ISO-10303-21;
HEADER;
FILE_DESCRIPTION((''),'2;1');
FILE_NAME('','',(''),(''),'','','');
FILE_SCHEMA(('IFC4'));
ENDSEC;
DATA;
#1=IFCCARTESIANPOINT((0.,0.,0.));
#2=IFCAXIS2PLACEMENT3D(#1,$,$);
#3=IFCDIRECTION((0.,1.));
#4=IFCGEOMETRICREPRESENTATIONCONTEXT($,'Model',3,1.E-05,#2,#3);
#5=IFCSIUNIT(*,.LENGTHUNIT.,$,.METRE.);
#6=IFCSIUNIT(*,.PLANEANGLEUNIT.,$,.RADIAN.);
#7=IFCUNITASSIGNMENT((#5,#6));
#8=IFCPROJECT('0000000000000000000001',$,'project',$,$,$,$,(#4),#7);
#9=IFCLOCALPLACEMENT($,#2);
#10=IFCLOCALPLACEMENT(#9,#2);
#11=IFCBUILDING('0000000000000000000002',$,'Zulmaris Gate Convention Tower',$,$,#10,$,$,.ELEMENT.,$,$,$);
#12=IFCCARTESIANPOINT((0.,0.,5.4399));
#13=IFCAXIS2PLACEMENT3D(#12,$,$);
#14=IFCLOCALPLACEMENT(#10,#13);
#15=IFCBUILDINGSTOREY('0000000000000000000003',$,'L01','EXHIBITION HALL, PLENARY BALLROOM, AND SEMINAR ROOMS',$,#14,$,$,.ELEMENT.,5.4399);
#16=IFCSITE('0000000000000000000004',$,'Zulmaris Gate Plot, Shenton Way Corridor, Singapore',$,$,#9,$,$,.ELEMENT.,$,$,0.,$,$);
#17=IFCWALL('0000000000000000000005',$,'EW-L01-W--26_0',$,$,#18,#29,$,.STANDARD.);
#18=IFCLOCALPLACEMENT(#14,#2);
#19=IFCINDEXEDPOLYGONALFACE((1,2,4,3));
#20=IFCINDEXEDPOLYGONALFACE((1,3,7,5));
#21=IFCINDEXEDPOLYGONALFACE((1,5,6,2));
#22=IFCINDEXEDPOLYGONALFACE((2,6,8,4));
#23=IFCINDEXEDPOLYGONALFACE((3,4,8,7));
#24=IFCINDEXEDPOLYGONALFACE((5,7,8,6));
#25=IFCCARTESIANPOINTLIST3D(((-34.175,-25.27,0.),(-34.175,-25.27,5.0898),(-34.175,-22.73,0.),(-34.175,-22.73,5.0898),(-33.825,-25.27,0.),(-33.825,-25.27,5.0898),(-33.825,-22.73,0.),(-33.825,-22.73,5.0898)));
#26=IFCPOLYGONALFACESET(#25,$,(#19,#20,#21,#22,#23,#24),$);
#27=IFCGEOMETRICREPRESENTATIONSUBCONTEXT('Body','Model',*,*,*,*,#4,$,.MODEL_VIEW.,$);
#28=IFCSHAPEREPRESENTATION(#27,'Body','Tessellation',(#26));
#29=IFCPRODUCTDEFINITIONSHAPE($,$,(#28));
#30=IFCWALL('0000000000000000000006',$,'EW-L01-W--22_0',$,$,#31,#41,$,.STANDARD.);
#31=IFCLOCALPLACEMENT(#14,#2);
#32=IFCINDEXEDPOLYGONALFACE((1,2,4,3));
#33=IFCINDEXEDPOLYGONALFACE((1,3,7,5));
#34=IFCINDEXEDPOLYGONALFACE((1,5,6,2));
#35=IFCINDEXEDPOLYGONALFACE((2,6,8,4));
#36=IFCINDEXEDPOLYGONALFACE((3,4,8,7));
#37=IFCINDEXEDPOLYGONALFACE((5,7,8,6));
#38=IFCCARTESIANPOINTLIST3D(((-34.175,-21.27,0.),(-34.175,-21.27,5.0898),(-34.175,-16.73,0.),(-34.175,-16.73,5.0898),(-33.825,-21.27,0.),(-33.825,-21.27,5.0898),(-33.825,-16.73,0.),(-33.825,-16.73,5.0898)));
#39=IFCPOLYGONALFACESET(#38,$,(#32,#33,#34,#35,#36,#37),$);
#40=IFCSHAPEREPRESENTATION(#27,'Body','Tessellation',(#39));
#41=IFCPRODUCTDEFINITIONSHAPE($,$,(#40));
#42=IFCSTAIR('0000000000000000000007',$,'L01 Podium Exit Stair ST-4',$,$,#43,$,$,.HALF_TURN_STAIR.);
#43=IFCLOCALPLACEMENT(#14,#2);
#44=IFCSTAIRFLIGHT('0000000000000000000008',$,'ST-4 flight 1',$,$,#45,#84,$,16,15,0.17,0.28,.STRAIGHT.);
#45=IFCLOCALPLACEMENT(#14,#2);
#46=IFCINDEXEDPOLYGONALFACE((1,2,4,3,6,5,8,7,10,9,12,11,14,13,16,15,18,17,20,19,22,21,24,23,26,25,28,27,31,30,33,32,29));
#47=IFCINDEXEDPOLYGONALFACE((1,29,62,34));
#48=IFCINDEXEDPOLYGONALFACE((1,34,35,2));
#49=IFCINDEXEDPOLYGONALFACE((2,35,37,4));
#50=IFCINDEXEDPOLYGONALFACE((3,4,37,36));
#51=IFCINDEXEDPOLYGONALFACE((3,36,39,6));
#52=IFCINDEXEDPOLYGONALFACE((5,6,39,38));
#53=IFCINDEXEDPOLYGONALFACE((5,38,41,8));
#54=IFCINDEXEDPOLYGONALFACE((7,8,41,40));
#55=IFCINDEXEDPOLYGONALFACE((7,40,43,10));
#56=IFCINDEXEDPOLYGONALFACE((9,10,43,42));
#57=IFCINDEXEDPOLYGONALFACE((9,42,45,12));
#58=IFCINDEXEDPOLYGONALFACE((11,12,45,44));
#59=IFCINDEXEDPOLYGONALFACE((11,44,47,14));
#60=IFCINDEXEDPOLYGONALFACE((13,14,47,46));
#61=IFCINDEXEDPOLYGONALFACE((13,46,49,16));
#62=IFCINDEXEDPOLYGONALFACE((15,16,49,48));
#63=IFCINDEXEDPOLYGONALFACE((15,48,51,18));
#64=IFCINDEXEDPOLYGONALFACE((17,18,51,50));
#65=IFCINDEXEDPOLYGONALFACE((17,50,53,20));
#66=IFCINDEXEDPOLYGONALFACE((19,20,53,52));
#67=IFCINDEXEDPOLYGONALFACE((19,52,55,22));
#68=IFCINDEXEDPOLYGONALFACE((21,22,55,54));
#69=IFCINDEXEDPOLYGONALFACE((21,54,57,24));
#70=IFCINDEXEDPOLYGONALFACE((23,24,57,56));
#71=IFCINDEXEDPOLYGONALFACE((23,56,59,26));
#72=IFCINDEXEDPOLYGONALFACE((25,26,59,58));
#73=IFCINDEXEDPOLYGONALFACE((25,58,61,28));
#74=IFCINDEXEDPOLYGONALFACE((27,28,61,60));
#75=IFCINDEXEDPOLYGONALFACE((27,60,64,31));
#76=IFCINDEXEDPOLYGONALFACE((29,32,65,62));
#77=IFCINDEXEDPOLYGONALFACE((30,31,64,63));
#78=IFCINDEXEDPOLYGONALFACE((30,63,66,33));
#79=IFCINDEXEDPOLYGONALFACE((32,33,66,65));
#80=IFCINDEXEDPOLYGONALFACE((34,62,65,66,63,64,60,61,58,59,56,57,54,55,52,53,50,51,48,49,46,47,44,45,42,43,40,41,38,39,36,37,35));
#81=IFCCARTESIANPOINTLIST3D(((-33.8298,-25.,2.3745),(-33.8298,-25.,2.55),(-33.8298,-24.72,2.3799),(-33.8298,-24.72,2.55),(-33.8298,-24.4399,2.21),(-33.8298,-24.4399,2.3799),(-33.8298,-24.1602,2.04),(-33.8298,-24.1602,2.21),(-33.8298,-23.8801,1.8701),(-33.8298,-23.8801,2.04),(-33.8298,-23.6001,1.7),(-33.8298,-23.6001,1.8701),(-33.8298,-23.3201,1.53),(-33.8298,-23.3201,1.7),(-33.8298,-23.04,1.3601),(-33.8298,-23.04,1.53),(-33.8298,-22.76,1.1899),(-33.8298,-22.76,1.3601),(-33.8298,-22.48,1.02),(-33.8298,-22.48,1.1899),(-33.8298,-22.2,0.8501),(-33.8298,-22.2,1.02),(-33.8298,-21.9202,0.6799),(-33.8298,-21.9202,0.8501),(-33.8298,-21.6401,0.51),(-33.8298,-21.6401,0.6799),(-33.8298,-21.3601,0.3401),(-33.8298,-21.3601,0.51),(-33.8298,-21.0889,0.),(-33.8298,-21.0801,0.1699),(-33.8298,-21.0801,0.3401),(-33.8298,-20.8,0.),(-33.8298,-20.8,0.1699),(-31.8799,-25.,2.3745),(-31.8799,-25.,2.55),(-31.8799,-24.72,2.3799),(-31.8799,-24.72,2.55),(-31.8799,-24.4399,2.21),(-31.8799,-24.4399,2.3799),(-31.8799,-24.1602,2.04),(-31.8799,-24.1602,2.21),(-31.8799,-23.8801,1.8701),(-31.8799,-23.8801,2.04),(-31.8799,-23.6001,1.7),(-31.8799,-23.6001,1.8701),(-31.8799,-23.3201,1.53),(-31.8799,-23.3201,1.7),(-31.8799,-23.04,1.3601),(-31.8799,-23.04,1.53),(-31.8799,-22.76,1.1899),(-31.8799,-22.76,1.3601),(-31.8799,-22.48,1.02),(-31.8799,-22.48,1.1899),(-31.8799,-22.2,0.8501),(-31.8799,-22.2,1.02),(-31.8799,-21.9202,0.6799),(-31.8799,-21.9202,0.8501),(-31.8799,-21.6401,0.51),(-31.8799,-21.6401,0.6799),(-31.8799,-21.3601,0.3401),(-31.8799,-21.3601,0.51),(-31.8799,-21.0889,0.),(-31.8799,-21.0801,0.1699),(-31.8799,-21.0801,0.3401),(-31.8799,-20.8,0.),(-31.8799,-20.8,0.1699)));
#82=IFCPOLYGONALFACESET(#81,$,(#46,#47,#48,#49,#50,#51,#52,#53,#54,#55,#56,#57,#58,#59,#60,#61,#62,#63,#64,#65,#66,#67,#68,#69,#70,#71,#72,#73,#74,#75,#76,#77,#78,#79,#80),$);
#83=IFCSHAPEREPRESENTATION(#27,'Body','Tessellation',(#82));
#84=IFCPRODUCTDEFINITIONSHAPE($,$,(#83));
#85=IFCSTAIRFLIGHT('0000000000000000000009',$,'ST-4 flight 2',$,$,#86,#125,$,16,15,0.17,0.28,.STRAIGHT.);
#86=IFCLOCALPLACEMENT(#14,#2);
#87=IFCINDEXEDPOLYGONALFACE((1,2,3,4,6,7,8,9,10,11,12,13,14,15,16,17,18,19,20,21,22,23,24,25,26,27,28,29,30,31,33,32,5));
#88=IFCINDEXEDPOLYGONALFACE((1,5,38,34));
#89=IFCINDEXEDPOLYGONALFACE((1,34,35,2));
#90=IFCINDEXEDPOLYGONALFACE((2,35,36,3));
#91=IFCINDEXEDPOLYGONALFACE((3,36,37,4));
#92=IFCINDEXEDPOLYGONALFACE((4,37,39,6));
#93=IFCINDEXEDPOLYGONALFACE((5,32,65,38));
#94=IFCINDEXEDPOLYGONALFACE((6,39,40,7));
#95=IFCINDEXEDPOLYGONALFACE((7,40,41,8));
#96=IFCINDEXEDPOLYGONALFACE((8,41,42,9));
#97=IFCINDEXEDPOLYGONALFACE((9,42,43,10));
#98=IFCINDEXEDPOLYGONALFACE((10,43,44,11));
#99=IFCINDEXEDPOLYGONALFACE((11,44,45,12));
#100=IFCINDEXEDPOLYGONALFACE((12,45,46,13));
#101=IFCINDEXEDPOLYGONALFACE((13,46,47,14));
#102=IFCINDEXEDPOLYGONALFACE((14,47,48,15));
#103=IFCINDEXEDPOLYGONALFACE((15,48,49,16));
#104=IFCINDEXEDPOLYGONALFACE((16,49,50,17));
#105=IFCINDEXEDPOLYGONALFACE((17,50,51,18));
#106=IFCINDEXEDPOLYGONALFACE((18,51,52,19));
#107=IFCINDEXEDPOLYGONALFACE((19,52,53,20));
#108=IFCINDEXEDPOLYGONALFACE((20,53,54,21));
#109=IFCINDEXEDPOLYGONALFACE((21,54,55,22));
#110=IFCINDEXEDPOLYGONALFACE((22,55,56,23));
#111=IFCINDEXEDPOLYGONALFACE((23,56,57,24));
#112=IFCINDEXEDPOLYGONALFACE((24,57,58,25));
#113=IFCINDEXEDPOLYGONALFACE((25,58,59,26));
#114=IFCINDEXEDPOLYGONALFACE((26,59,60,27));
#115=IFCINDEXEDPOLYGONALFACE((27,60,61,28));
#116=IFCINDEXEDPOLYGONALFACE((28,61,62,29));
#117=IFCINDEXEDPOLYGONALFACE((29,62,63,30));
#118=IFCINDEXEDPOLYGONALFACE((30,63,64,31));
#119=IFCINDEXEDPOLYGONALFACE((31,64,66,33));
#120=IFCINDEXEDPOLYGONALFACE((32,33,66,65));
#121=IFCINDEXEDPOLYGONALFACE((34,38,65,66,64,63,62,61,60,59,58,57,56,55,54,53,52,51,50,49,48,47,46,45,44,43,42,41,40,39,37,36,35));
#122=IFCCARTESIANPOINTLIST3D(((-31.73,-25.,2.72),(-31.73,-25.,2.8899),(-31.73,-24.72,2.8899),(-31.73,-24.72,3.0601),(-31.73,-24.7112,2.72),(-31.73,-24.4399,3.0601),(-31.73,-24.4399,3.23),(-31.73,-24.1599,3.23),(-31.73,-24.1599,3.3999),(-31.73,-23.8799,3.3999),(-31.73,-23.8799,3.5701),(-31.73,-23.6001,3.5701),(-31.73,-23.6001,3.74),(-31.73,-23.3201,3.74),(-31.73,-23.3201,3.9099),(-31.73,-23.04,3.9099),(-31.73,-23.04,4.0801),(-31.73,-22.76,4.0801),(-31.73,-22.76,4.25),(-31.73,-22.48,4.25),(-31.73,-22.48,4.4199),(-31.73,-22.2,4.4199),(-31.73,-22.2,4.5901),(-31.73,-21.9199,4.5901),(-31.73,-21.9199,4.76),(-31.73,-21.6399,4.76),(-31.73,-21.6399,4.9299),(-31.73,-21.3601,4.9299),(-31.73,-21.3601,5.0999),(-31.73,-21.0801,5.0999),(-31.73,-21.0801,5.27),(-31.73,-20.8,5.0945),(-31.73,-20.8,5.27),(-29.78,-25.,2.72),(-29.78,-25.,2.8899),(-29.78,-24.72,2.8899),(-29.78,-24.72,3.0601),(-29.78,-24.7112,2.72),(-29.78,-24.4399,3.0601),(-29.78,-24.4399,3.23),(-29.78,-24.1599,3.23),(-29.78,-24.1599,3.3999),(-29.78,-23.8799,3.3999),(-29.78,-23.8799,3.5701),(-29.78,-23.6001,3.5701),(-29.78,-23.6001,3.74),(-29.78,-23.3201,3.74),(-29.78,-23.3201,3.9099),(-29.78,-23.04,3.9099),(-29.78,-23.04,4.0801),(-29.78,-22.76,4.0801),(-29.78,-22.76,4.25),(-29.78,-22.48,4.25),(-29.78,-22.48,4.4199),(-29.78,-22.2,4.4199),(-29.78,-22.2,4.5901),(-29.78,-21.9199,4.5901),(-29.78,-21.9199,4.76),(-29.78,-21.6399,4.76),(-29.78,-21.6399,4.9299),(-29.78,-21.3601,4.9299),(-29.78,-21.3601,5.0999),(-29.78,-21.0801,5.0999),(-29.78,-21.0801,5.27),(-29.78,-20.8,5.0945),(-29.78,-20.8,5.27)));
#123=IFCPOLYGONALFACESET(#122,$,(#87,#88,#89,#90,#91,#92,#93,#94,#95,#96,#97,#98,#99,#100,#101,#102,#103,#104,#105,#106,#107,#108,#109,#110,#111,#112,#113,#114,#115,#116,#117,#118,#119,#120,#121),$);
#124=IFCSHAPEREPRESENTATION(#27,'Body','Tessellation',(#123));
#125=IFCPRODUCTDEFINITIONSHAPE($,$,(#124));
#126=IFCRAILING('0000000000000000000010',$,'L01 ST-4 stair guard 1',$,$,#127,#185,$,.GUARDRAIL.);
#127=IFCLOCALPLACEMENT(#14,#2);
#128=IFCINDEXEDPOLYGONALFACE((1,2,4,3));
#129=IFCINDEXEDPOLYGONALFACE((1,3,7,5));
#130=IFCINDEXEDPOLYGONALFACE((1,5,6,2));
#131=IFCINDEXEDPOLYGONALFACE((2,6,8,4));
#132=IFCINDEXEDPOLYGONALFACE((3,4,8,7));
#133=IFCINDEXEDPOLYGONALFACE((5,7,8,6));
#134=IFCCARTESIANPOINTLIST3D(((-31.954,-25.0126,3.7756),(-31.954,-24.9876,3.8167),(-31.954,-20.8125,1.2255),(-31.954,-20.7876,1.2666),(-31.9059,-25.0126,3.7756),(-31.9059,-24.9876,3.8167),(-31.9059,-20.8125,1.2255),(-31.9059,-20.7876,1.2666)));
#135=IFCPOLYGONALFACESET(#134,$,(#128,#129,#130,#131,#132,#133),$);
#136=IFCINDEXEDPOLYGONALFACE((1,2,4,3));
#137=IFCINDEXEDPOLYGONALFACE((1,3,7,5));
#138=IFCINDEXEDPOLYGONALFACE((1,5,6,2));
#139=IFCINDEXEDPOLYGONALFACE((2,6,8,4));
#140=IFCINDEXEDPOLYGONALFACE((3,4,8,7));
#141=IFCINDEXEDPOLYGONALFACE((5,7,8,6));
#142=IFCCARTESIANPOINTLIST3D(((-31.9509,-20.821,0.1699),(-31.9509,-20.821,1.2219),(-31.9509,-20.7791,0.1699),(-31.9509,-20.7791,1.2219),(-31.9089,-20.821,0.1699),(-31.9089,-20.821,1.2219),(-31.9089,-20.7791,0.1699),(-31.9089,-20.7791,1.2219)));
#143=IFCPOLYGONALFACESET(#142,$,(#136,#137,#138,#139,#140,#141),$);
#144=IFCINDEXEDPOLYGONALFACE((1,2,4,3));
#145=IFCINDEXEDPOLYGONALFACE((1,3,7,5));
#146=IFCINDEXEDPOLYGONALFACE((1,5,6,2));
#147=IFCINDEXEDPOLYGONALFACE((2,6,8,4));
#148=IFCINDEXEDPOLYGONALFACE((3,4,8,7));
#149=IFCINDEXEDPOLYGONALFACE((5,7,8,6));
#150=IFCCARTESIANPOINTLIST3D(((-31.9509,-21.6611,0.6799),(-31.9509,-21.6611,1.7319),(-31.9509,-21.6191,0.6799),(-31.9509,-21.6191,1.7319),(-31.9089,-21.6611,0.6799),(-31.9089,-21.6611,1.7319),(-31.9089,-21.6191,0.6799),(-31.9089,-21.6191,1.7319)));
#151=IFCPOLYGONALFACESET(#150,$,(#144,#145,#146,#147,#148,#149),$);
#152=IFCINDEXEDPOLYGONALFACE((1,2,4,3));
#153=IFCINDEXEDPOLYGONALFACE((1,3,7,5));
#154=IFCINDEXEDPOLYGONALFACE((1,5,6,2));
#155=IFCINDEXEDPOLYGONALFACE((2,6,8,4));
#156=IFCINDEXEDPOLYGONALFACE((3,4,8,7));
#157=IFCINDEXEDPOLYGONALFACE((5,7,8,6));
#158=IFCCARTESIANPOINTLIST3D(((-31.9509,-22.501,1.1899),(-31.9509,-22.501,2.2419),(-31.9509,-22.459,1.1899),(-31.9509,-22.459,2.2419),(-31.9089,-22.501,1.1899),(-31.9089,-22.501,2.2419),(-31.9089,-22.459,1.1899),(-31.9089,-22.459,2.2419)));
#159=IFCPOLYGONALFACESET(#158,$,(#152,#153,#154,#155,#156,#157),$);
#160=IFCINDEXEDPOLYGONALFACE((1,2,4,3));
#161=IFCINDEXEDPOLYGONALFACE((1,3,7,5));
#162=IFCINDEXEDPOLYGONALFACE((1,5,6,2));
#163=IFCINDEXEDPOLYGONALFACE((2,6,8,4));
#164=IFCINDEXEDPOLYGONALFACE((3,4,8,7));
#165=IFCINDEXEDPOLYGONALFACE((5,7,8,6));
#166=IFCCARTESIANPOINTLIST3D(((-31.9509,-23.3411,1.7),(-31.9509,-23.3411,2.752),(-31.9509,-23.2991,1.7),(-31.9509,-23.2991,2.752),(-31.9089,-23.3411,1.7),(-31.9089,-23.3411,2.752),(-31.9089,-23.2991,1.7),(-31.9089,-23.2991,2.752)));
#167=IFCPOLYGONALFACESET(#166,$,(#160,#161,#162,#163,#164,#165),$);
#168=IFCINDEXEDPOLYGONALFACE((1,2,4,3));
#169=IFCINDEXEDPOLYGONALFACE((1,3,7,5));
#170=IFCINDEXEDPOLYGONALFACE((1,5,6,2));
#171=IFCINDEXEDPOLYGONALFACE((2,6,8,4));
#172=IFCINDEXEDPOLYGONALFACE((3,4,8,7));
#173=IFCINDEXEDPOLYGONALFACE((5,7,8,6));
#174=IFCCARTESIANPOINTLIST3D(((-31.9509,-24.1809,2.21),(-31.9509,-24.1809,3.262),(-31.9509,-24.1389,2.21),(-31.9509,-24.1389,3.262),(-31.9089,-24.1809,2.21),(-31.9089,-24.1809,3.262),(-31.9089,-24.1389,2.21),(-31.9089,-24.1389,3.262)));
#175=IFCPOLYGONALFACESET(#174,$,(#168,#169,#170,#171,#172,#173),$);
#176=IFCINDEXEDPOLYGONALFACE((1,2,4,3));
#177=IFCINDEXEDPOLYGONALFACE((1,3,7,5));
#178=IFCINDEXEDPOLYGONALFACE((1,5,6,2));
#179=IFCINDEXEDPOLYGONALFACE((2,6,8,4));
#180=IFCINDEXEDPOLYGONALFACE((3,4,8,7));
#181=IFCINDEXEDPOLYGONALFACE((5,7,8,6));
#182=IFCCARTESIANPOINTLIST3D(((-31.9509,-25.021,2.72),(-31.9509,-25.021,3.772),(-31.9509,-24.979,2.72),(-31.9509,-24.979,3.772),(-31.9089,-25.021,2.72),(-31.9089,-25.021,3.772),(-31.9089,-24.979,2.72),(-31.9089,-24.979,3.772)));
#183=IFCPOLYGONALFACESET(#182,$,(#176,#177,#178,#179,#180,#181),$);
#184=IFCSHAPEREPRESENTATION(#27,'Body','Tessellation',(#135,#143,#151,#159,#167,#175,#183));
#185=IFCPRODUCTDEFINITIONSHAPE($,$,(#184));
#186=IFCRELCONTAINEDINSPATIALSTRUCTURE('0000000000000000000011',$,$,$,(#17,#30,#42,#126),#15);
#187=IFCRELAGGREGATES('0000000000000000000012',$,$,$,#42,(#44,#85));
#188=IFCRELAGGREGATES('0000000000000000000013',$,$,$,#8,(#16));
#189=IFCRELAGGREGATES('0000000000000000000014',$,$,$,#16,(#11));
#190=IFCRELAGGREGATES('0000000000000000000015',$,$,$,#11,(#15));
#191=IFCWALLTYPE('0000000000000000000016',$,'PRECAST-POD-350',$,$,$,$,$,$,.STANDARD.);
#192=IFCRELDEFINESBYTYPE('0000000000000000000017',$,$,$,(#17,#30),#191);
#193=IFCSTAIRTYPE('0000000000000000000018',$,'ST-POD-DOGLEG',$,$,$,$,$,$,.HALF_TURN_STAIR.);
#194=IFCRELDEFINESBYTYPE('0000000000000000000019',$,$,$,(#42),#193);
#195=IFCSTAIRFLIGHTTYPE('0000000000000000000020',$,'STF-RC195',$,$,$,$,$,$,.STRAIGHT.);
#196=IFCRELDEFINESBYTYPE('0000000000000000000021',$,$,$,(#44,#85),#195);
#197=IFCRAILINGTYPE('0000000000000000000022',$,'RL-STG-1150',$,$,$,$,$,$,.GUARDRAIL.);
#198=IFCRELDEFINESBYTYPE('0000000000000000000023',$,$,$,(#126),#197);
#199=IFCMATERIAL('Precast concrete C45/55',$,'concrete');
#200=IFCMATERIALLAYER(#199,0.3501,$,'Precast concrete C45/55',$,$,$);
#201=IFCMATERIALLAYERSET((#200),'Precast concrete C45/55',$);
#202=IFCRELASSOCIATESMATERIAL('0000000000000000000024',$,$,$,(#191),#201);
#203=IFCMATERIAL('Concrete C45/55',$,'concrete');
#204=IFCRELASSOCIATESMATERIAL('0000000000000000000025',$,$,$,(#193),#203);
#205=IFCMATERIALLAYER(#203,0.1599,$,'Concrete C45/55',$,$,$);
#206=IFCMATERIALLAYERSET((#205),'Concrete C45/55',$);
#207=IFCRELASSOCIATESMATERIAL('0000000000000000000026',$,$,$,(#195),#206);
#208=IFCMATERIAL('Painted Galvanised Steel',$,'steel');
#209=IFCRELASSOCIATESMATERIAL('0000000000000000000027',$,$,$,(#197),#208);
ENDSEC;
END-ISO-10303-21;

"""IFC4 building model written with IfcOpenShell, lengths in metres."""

from ifc_helpers import new_model, si_unit, direction, frame, frame_2d, origin, origin_2d, place, context, subcontext, project, spatial, polyline, rectangle, outline, extrude, material, layer, layer_set, type_object, element, aggregate, save


model = new_model("IFC4")

# Units and contexts
model_context = context("Model", 3, precision=1e-05, world=origin(), true_north=direction((0.0, 1.0)))
body_context = subcontext(model_context, "Body", "Model", "MODEL_VIEW")
ifc_project = project(units=[si_unit("LENGTHUNIT", "METRE"), si_unit("PLANEANGLEUNIT", "RADIAN")], contexts=[model_context])

# Site, building, storey
site_placement = place(None, origin())
site = spatial("IfcSite", under=ifc_project, at=site_placement, Name="Zulmaris Gate Plot, Shenton Way Corridor, Singapore", CompositionType="ELEMENT", RefElevation=0.0)
building_placement = place(site_placement, origin())
building = spatial("IfcBuilding", under=site, at=building_placement, Name="Zulmaris Gate Convention Tower", CompositionType="ELEMENT")
storey_placement = place(building_placement, frame((0.0, 0.0, 5.4399)))
storey = spatial("IfcBuildingStorey", under=building, at=storey_placement, Name="L01", Description="EXHIBITION HALL, PLENARY BALLROOM, AND SEMINAR ROOMS", CompositionType="ELEMENT", Elevation=5.4399)

# Walls
ifc_material_1 = material(Name="Precast concrete C45/55", Category="concrete")
ifc_layer_1 = layer(ifc_material_1, 0.3501, Name="Precast concrete C45/55")
ifc_layer_set_1 = layer_set([ifc_layer_1], Name="Precast concrete C45/55")
wall_type_1 = type_object("IfcWallType", Name="PRECAST-POD-350", PredefinedType="STANDARD", material=ifc_layer_set_1)
wall_1_placement = place(storey_placement, frame((-34.0, -25.27, 0.0), z_axis=(0.0, 0.0, 1.0), x_axis=(0.0, 1.0, 0.0)))
element("IfcWall", 1, at=wall_1_placement, inside=storey, type_object=wall_type_1, Name="EW-L01-W--26_0", PredefinedType="STANDARD", context=body_context, shape_type="SweptSolid", body=[
    extrude(rectangle(XDim=2.54, YDim=0.3501, at=frame_2d((1.27, 0.0))), origin(), (0.0, 0.0, 1.0), 5.0898),
])
wall_2_placement = place(storey_placement, frame((-34.0, -21.27, 0.0), z_axis=(0.0, 0.0, 1.0), x_axis=(0.0, 1.0, 0.0)))
element("IfcWall", 2, at=wall_2_placement, inside=storey, type_object=wall_type_1, Name="EW-L01-W--22_0", PredefinedType="STANDARD", context=body_context, shape_type="SweptSolid", body=[
    extrude(rectangle(XDim=4.54, YDim=0.3501, at=frame_2d((2.27, 0.0))), origin(), (0.0, 0.0, 1.0), 5.0898),
])

# Stair, stair flights
ifc_material_2 = material(Name="Concrete C45/55", Category="concrete")
stair_type = type_object("IfcStairType", Name="ST-POD-DOGLEG", PredefinedType="HALF_TURN_STAIR", material=ifc_material_2)
stair_placement = place(storey_placement, origin())
stair = element("IfcStair", 3, at=stair_placement, inside=storey, type_object=stair_type, Name="L01 Podium Exit Stair ST-4", PredefinedType="HALF_TURN_STAIR")
ifc_layer_2 = layer(ifc_material_2, 0.1599, Name="Concrete C45/55")
ifc_layer_set_2 = layer_set([ifc_layer_2], Name="Concrete C45/55")
stair_flight_type = type_object("IfcStairFlightType", Name="STF-RC195", PredefinedType="STRAIGHT", material=ifc_layer_set_2)
stair_flight_1_placement = place(storey_placement, frame((-32.855, -20.8, 0.0), z_axis=(0.0, 0.0, 1.0), x_axis=(0.0, -1.0, 0.0)))
stair_flight_1 = element("IfcStairFlight", 4, at=stair_flight_1_placement, type_object=stair_flight_type, Name="ST-4 flight 1", NumberOfRisers=16, NumberOfTreads=15, PredefinedType="STRAIGHT", RiserHeight=0.17, TreadLength=0.28, context=body_context, shape_type="SweptSolid", body=[
    extrude(outline(polyline([(0.0, 0.0), (0.0, 0.1699), (0.28, 0.1699), (0.28, 0.3401), (0.5601, 0.3401), (0.5601, 0.51), (0.8401, 0.51), (0.8401, 0.6799), (1.1201, 0.6799), (1.1201, 0.8501), (1.3999, 0.8501), (1.3999, 1.02), (1.6799, 1.02), (1.6799, 1.1899), (1.96, 1.1899), (1.96, 1.3601), (2.24, 1.3601), (2.24, 1.53), (2.52, 1.53), (2.52, 1.7), (2.8, 1.7), (2.8, 1.8701), (3.0801, 1.8701), (3.0801, 2.04), (3.3601, 2.04), (3.3601, 2.21), (3.6399, 2.21), (3.6399, 2.3799), (3.9199, 2.3799), (3.9199, 2.55), (4.2, 2.55), (4.2, 2.72), (4.2, 2.3745), (0.2888, 0.0), (0.0, 0.0)])), frame((0.0, 0.9751, 0.0), z_axis=(0.0, -1.0, 0.0), x_axis=(1.0, 0.0, 0.0)), (0.0, 0.0, 1.0), 1.95),
])
stair_flight_2_placement = place(storey_placement, frame((-30.7549, -25.0, 2.72), z_axis=(0.0, 0.0, 1.0), x_axis=(0.0, 1.0, 0.0)))
stair_flight_2 = element("IfcStairFlight", 5, at=stair_flight_2_placement, type_object=stair_flight_type, Name="ST-4 flight 2", NumberOfRisers=16, NumberOfTreads=15, PredefinedType="STRAIGHT", RiserHeight=0.17, TreadLength=0.28, context=body_context, shape_type="SweptSolid", body=[
    extrude(outline(polyline([(0.0, 0.0), (0.0, 0.1699), (0.28, 0.1699), (0.28, 0.3401), (0.5601, 0.3401), (0.5601, 0.51), (0.8401, 0.51), (0.8401, 0.6799), (1.1201, 0.6799), (1.1201, 0.8501), (1.3999, 0.8501), (1.3999, 1.02), (1.6799, 1.02), (1.6799, 1.1899), (1.96, 1.1899), (1.96, 1.3601), (2.24, 1.3601), (2.24, 1.53), (2.52, 1.53), (2.52, 1.7), (2.8, 1.7), (2.8, 1.8701), (3.0801, 1.8701), (3.0801, 2.04), (3.3601, 2.04), (3.3601, 2.21), (3.6399, 2.21), (3.6399, 2.3799), (3.9199, 2.3799), (3.9199, 2.55), (4.2, 2.55), (4.2, 2.72), (4.2, 2.3745), (0.2888, 0.0), (0.0, 0.0)])), frame((0.0, 0.9751, 0.0), z_axis=(0.0, -1.0, 0.0), x_axis=(1.0, 0.0, 0.0)), (0.0, 0.0, 1.0), 1.95),
])
aggregate(stair, [stair_flight_1, stair_flight_2])

# Railing
ifc_material_3 = material(Name="Painted Galvanised Steel", Category="steel")
railing_type_1 = type_object("IfcRailingType", Name="RL-STG-1150", PredefinedType="GUARDRAIL", material=ifc_material_3)
railing_1_placement = place(storey_placement, frame((-31.9299, -20.8, 0.1699)))
element("IfcRailing", 6, at=railing_1_placement, inside=storey, type_object=railing_type_1, Name="L01 ST-4 stair guard 1", PredefinedType="GUARDRAIL", context=body_context, shape_type="SweptSolid", body=[
    extrude(rectangle(XDim=0.0481, YDim=0.0481, at=origin_2d()), frame((0.0, 0.0, 1.0762), z_axis=(0.0, -0.85478, 0.51899), x_axis=(1.0, 0.0, 0.0)), (0.0, 0.0, 1.0), 4.9136),
    extrude(rectangle(XDim=0.042, YDim=0.042, at=origin_2d()), origin(), (0.0, 0.0, 1.0), 1.052),
    extrude(rectangle(XDim=0.042, YDim=0.042, at=origin_2d()), frame((0.0, -0.8401, 0.51)), (0.0, 0.0, 1.0), 1.052),
    extrude(rectangle(XDim=0.042, YDim=0.042, at=origin_2d()), frame((0.0, -1.6799, 1.02)), (0.0, 0.0, 1.0), 1.052),
    extrude(rectangle(XDim=0.042, YDim=0.042, at=origin_2d()), frame((0.0, -2.52, 1.53)), (0.0, 0.0, 1.0), 1.052),
    extrude(rectangle(XDim=0.042, YDim=0.042, at=origin_2d()), frame((0.0, -3.3599, 2.04)), (0.0, 0.0, 1.0), 1.052),
    extrude(rectangle(XDim=0.042, YDim=0.042, at=origin_2d()), frame((0.0, -4.2, 2.55)), (0.0, 0.0, 1.0), 1.052),
])

save(model, "model.ifc")
